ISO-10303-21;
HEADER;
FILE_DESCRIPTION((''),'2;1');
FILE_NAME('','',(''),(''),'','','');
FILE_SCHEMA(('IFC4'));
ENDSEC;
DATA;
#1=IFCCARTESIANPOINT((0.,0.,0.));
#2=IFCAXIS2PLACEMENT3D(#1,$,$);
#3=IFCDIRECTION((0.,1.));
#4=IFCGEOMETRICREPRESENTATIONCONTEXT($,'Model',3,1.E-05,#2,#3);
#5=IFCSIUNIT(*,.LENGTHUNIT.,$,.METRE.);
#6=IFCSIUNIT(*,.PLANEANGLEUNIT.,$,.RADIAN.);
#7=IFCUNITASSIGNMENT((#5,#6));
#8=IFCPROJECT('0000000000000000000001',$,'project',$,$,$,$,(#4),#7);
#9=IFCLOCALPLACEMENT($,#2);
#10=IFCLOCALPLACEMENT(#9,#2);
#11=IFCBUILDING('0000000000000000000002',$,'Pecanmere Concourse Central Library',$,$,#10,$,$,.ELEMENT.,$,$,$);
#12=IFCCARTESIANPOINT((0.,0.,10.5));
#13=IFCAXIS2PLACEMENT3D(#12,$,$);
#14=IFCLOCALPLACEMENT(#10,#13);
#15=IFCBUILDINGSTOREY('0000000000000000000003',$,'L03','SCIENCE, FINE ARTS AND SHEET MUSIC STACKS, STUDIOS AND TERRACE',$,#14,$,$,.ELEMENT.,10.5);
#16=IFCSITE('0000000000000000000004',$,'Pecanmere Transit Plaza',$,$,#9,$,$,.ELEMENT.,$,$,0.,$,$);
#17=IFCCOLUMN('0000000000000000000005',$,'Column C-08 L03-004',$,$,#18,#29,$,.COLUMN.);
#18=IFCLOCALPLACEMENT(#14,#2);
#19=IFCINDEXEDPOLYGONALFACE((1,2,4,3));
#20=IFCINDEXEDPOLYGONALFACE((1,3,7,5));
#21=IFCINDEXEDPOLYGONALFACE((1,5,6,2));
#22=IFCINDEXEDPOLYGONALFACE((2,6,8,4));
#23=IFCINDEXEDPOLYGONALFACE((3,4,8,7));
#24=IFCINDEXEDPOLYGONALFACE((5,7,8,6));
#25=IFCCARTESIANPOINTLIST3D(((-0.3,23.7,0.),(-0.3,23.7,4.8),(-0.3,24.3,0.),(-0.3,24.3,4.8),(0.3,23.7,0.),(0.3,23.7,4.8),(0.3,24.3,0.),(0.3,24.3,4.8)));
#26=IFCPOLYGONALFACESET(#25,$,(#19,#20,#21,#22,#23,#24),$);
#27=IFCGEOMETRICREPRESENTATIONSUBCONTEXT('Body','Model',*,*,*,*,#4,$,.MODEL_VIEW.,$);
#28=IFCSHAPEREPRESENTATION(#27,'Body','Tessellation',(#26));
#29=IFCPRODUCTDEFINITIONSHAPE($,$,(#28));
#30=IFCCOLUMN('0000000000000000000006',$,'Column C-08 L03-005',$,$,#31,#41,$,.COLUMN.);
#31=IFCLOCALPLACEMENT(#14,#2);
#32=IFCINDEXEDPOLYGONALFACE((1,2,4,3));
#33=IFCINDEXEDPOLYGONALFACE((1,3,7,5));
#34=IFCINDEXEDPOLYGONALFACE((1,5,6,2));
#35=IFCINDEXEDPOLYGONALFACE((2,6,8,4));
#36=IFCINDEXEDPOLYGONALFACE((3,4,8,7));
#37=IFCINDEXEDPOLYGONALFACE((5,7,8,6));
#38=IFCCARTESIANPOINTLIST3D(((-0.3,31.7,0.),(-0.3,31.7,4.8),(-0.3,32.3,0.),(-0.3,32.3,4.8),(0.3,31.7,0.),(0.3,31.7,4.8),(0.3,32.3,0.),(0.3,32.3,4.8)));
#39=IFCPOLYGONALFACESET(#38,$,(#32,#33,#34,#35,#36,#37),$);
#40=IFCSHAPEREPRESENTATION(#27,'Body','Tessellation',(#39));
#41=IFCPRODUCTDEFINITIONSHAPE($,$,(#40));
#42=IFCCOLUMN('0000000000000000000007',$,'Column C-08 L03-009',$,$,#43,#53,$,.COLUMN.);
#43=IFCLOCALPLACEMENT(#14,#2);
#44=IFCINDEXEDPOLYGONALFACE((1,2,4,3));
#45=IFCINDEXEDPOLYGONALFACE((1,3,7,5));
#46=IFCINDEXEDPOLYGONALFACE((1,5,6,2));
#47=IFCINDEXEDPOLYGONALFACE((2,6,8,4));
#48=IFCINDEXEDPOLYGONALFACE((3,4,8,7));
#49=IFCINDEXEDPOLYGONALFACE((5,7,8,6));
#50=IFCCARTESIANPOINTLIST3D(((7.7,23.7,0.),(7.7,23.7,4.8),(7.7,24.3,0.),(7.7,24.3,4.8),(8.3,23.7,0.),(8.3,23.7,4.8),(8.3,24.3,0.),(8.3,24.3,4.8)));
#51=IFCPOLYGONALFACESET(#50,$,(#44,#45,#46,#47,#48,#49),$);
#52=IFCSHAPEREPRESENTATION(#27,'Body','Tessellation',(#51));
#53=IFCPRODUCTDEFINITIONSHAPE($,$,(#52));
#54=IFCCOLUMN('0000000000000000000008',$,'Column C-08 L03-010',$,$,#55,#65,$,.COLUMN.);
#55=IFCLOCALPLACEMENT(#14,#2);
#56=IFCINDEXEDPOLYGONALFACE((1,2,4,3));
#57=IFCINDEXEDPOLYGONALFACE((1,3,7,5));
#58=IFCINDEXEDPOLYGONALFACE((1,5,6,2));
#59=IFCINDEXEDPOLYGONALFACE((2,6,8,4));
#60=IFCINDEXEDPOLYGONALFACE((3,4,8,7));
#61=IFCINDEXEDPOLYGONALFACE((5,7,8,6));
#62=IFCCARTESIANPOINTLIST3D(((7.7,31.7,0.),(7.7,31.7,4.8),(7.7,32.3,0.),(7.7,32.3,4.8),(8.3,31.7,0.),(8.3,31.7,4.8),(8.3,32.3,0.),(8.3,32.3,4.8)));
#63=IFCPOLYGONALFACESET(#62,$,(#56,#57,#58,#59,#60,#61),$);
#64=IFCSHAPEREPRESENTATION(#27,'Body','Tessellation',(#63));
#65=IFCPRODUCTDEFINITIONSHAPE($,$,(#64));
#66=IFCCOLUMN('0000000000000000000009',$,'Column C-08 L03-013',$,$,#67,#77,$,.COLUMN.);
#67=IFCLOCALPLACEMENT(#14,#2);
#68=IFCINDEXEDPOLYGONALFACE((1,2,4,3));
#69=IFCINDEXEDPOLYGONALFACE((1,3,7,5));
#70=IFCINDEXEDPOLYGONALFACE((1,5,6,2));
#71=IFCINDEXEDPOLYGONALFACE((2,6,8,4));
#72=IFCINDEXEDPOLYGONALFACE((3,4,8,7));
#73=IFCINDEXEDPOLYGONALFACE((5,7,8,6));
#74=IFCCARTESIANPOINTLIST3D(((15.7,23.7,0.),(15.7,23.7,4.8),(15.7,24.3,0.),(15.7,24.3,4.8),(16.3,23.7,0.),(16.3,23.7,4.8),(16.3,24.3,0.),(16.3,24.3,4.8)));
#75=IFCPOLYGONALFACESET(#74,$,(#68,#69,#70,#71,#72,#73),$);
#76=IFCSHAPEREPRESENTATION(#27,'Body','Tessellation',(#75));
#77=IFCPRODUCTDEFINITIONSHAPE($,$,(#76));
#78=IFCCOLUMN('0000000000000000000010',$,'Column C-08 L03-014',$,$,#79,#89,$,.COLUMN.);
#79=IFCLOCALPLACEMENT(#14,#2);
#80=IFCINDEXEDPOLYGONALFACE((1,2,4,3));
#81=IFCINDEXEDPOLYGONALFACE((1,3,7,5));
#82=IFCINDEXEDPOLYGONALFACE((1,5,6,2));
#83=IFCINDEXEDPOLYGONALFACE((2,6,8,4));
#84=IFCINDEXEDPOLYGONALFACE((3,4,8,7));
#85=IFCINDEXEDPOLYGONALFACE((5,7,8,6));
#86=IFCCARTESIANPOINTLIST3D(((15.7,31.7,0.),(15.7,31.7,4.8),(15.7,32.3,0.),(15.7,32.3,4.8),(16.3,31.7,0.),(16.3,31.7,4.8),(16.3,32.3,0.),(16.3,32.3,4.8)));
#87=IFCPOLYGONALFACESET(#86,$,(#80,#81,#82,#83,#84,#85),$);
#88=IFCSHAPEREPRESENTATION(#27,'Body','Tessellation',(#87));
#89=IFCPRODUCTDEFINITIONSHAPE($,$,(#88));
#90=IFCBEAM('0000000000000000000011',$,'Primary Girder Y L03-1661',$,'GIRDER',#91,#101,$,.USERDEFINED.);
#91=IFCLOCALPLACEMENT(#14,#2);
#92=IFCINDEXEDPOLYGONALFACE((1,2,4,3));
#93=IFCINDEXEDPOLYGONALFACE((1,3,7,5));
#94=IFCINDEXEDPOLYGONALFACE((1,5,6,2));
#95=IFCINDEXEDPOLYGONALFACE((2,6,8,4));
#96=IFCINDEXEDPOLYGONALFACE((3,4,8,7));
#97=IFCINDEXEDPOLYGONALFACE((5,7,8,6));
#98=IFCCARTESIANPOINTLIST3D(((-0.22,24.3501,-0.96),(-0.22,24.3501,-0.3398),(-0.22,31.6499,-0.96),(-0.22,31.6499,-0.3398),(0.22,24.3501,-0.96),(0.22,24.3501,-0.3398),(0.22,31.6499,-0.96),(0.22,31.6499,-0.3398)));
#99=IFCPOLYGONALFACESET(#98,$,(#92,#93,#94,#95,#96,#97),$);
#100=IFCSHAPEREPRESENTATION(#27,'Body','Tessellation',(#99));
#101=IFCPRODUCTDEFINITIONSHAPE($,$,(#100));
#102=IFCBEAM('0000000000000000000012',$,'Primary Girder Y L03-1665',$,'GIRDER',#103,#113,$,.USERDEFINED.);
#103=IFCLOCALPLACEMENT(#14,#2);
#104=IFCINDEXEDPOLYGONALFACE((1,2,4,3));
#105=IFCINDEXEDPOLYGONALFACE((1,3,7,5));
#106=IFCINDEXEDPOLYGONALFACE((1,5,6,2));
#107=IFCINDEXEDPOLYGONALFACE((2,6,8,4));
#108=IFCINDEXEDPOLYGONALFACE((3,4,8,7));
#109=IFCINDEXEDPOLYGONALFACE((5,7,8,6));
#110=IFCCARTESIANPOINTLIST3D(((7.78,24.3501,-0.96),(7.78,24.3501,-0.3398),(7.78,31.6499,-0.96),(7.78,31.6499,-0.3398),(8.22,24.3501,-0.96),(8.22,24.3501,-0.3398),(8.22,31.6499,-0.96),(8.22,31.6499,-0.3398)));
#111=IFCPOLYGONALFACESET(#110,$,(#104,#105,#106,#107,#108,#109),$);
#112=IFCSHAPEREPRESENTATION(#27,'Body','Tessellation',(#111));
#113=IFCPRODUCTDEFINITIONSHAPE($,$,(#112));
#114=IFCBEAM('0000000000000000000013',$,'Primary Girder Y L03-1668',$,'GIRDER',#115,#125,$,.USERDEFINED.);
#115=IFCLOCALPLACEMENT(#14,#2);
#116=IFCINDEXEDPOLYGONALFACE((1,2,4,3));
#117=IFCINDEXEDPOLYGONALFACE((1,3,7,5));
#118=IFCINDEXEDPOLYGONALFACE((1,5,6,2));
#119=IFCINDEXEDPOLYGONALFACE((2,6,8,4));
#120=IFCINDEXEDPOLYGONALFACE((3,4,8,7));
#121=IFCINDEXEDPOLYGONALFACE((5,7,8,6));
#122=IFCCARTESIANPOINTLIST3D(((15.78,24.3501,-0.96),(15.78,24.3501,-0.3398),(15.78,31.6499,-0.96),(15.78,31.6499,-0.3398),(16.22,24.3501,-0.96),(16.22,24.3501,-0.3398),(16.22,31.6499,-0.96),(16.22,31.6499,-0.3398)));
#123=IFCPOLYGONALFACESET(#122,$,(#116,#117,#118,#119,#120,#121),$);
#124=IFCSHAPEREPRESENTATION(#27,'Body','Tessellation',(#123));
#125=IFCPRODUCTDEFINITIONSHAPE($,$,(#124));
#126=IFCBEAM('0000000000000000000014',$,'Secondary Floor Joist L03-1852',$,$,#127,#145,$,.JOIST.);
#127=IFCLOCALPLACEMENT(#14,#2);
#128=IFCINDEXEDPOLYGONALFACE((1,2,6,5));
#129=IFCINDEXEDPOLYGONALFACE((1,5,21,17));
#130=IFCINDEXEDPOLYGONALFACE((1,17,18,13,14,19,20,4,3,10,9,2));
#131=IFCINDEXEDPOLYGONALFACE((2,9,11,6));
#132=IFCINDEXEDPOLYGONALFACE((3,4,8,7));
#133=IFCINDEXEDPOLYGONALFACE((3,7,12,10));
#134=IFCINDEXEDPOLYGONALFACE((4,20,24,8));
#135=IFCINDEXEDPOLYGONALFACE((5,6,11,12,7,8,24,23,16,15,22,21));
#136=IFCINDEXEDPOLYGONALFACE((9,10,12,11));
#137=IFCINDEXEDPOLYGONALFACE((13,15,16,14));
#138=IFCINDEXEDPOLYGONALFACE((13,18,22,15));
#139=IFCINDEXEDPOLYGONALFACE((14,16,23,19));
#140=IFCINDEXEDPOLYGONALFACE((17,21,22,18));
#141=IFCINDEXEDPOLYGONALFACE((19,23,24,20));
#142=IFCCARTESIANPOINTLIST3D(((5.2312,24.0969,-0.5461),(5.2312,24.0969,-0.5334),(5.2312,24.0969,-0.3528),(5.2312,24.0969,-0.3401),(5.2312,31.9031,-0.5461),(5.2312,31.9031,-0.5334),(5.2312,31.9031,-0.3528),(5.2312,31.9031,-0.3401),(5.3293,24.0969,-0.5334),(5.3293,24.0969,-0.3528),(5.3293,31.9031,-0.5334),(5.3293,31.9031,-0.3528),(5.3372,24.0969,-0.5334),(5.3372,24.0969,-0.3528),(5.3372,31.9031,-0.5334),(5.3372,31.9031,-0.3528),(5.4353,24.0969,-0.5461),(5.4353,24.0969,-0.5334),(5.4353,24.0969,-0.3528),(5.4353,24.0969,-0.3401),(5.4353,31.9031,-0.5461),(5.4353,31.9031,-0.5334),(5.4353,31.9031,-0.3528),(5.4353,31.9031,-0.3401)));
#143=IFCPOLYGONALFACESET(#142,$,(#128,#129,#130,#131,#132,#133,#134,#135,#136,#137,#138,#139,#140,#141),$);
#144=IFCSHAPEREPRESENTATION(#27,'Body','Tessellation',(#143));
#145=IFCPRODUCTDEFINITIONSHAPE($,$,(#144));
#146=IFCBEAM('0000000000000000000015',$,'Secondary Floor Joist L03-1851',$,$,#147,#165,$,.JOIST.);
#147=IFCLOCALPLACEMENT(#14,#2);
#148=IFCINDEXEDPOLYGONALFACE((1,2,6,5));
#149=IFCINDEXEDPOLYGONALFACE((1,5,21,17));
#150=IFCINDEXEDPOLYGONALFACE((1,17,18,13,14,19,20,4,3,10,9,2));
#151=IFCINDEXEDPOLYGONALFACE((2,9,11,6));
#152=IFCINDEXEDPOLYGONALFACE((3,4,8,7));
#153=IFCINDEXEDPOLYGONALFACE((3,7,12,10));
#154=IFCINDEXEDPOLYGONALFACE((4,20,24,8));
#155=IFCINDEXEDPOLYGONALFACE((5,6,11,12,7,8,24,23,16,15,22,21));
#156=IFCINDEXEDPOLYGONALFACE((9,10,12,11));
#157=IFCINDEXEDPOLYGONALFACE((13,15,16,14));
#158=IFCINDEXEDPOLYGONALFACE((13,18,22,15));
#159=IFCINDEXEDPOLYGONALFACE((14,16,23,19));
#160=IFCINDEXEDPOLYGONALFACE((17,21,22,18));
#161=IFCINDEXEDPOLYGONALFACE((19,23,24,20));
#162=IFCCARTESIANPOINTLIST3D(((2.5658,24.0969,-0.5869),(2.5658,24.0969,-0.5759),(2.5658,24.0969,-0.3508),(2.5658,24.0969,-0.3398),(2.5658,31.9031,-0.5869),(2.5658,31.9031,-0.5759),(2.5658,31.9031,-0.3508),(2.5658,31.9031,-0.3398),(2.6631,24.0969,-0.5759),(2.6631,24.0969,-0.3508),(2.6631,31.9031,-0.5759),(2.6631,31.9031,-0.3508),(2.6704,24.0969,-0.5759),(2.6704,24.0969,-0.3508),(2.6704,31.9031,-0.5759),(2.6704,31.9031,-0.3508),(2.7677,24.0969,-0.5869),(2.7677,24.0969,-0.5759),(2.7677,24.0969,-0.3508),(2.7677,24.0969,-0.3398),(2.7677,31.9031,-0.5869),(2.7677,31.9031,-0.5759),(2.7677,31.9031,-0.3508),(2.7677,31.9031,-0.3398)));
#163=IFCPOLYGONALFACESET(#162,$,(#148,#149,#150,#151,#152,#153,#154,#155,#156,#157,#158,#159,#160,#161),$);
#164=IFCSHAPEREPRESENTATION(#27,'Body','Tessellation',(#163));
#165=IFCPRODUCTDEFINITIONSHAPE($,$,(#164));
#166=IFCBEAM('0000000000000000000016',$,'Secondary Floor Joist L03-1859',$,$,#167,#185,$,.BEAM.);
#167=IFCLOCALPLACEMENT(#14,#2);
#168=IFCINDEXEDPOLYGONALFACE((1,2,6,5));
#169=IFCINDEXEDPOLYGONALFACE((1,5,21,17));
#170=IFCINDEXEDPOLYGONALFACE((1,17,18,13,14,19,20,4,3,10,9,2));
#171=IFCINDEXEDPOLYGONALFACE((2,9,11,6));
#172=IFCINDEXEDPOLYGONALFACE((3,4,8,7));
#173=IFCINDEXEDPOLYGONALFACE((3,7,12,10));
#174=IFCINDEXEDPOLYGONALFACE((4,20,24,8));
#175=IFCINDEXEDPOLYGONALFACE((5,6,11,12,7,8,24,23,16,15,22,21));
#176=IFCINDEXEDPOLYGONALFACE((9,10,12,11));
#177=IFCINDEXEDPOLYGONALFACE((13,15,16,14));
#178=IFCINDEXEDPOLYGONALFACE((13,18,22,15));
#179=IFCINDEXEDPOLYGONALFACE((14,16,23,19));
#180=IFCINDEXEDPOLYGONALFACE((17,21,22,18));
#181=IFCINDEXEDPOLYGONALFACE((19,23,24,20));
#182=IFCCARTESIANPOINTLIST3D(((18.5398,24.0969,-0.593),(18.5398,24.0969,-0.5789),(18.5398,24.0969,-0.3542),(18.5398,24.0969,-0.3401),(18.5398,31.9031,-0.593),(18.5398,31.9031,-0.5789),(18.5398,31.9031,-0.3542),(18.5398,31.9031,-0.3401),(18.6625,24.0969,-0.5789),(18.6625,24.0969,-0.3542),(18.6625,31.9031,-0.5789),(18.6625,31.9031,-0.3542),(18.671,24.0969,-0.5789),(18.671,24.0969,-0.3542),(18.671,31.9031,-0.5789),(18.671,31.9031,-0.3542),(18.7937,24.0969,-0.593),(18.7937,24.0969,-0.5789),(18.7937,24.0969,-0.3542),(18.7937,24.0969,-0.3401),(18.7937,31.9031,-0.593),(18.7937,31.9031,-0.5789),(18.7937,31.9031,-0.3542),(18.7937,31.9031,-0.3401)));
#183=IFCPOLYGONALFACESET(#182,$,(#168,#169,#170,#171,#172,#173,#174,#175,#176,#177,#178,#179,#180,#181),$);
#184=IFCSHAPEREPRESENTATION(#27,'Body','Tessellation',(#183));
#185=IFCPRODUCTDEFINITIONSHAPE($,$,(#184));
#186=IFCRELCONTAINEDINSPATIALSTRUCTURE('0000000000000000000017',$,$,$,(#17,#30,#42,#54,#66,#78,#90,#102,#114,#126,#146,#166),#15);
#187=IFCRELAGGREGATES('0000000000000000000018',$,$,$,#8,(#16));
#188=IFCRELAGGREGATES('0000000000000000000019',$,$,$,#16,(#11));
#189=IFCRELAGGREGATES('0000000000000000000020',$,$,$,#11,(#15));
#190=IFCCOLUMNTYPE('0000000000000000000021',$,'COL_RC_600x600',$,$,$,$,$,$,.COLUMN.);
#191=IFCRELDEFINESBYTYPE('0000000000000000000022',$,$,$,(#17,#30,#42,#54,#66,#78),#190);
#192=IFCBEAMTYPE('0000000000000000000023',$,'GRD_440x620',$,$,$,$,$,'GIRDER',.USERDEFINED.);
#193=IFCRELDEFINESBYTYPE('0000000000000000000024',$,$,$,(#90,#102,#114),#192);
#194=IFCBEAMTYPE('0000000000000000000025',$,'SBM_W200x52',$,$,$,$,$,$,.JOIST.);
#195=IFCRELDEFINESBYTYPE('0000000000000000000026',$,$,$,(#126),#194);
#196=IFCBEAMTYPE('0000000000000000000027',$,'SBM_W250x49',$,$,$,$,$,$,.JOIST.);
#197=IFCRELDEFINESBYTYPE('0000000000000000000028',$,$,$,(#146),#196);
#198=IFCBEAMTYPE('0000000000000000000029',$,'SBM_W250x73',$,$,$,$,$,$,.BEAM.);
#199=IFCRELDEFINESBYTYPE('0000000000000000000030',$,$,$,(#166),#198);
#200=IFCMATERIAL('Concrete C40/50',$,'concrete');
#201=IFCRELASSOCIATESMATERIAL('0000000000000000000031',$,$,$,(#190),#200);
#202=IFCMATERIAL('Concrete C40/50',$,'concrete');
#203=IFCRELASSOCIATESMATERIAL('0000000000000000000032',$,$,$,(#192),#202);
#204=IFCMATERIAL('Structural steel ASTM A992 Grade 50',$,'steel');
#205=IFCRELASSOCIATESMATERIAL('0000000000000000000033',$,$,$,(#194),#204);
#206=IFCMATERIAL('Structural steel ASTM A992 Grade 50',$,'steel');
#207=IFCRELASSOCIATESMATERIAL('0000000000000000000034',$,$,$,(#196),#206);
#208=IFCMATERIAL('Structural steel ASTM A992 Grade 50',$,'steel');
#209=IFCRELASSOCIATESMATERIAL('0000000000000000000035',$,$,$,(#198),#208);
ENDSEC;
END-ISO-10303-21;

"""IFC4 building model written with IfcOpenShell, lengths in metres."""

from ifc_helpers import new_model, si_unit, direction, frame, origin, origin_2d, place, context, subcontext, project, spatial, rectangle, i_section, extrude, material, material_profile, profile_set, type_object, element, save


model = new_model("IFC4")

# Units and contexts
model_context = context("Model", 3, precision=1e-05, world=origin(), true_north=direction((0.0, 1.0)))
body_context = subcontext(model_context, "Body", "Model", "MODEL_VIEW")
ifc_project = project(units=[si_unit("LENGTHUNIT", "METRE"), si_unit("PLANEANGLEUNIT", "RADIAN")], contexts=[model_context])

# Site, building, storey
site_placement = place(None, origin())
site = spatial("IfcSite", under=ifc_project, at=site_placement, Name="Pecanmere Transit Plaza", CompositionType="ELEMENT", RefElevation=0.0)
building_placement = place(site_placement, origin())
building = spatial("IfcBuilding", under=site, at=building_placement, Name="Pecanmere Concourse Central Library", CompositionType="ELEMENT")
storey_placement = place(building_placement, frame((0.0, 0.0, 10.5)))
storey = spatial("IfcBuildingStorey", under=building, at=storey_placement, Name="L03", Description="SCIENCE, FINE ARTS AND SHEET MUSIC STACKS, STUDIOS AND TERRACE", CompositionType="ELEMENT", Elevation=10.5)

# Columns
ifc_material_1 = material(Name="Concrete C40/50", Category="concrete")
ifc_material_profile_1 = material_profile(ifc_material_1, rectangle(XDim=0.6001, YDim=0.6001, at=origin_2d()), Name="RC 600x600")
ifc_profile_set_1 = profile_set([ifc_material_profile_1], Name="Concrete C40/50")
column_type = type_object("IfcColumnType", Name="COL_RC_600x600", PredefinedType="COLUMN", material=ifc_profile_set_1)
for number, where, z_axis, x_axis, name in (
    (1, (0.0, 24.0, 0.0), (0.0, 0.0, 1.0), (1.0, 0.0, 0.0), "Column C-08 L03-004"),
    (2, (0.0, 32.0, 0.0), (0.0, 0.0, 1.0), (1.0, 0.0, 0.0), "Column C-08 L03-005"),
    (3, (8.0, 24.0, 0.0), (0.0, 0.0, 1.0), (1.0, 0.0, 0.0), "Column C-08 L03-009"),
    (4, (8.0, 32.0, 0.0), (0.0, 0.0, 1.0), (1.0, 0.0, 0.0), "Column C-08 L03-010"),
    (5, (16.0, 24.0, 0.0), (0.0, 0.0, 1.0), (1.0, 0.0, 0.0), "Column C-08 L03-013"),
    (6, (16.0, 32.0, 0.0), (0.0, 0.0, 1.0), (1.0, 0.0, 0.0), "Column C-08 L03-014"),
):
    element("IfcColumn", number, at=place(storey_placement, frame(where, z_axis=z_axis, x_axis=x_axis)), inside=storey, type_object=column_type, Name=name, PredefinedType="COLUMN", context=body_context, shape_type="SweptSolid", body=[
        extrude(rectangle(XDim=0.6001, YDim=0.6001, at=origin_2d()), origin(), (0.0, 0.0, 1.0), 4.8),
    ])

# Beams
ifc_material_2 = material(Name="Concrete C40/50", Category="concrete")
ifc_material_profile_2 = material_profile(ifc_material_2, rectangle(XDim=0.4399, YDim=0.6201, at=origin_2d()), Name="RC 440x620")
ifc_profile_set_2 = profile_set([ifc_material_profile_2], Name="Concrete C40/50")
beam_type_1 = type_object("IfcBeamType", Name="GRD_440x620", ElementType="GIRDER", PredefinedType="USERDEFINED", material=ifc_profile_set_2)
for number, where, z_axis, x_axis, name in (
    (7, (0.0, 24.3501, -0.6499), (0.0, 1.0, 0.0), (-1.0, 0.0, 0.0), "Primary Girder Y L03-1661"),
    (8, (8.0, 24.3501, -0.6499), (0.0, 1.0, 0.0), (-1.0, 0.0, 0.0), "Primary Girder Y L03-1665"),
    (9, (16.0, 24.3501, -0.6499), (0.0, 1.0, 0.0), (-1.0, 0.0, 0.0), "Primary Girder Y L03-1668"),
):
    element("IfcBeam", number, at=place(storey_placement, frame(where, z_axis=z_axis, x_axis=x_axis)), inside=storey, type_object=beam_type_1, Name=name, ObjectType="GIRDER", PredefinedType="USERDEFINED", context=body_context, shape_type="SweptSolid", body=[
        extrude(rectangle(XDim=0.4399, YDim=0.6201, at=origin_2d()), origin(), (0.0, 0.0, 1.0), 7.2998),
    ])
ifc_material_3 = material(Name="Structural steel ASTM A992 Grade 50", Category="steel")
ifc_material_profile_3 = material_profile(ifc_material_3, i_section(OverallWidth=0.2041, OverallDepth=0.2061, WebThickness=0.0078, FlangeThickness=0.0127, at=origin_2d()), Name="W200x52")
ifc_profile_set_3 = profile_set([ifc_material_profile_3], Name="Structural steel ASTM A992 Grade 50")
beam_type_2 = type_object("IfcBeamType", Name="SBM_W200x52", PredefinedType="JOIST", material=ifc_profile_set_3)
beam_1_placement = place(storey_placement, frame((5.3333, 24.0969, -0.4431), z_axis=(0.0, 1.0, 0.0), x_axis=(-1.0, 0.0, 0.0)))
element("IfcBeam", 10, at=beam_1_placement, inside=storey, type_object=beam_type_2, Name="Secondary Floor Joist L03-1852", PredefinedType="JOIST", context=body_context, shape_type="SweptSolid", body=[
    extrude(i_section(OverallWidth=0.2041, OverallDepth=0.2061, WebThickness=0.0078, FlangeThickness=0.0127, at=origin_2d()), origin(), (0.0, 0.0, 1.0), 7.8062),
])
ifc_material_4 = material(Name="Structural steel ASTM A992 Grade 50", Category="steel")
ifc_material_profile_4 = material_profile(ifc_material_4, i_section(OverallWidth=0.2019, OverallDepth=0.2471, WebThickness=0.0073, FlangeThickness=0.011, at=origin_2d()), Name="W250x49.1")
ifc_profile_set_4 = profile_set([ifc_material_profile_4], Name="Structural steel ASTM A992 Grade 50")
beam_type_3 = type_object("IfcBeamType", Name="SBM_W250x49", PredefinedType="JOIST", material=ifc_profile_set_4)
beam_2_placement = place(storey_placement, frame((2.6667, 24.0969, -0.4634), z_axis=(0.0, 1.0, 0.0), x_axis=(-1.0, 0.0, 0.0)))
element("IfcBeam", 11, at=beam_2_placement, inside=storey, type_object=beam_type_3, Name="Secondary Floor Joist L03-1851", PredefinedType="JOIST", context=body_context, shape_type="SweptSolid", body=[
    extrude(i_section(OverallWidth=0.2019, OverallDepth=0.2471, WebThickness=0.0073, FlangeThickness=0.011, at=origin_2d()), origin(), (0.0, 0.0, 1.0), 7.8062),
])
ifc_material_5 = material(Name="Structural steel ASTM A992 Grade 50", Category="steel")
ifc_material_profile_5 = material_profile(ifc_material_5, i_section(OverallWidth=0.2539, OverallDepth=0.2529, WebThickness=0.0085, FlangeThickness=0.0142, at=origin_2d()), Name="W250x73")
ifc_profile_set_5 = profile_set([ifc_material_profile_5], Name="Structural steel ASTM A992 Grade 50")
beam_type_4 = type_object("IfcBeamType", Name="SBM_W250x73", PredefinedType="BEAM", material=ifc_profile_set_5)
beam_3_placement = place(storey_placement, frame((18.6667, 24.0969, -0.4666), z_axis=(0.0, 1.0, 0.0), x_axis=(-1.0, 0.0, 0.0)))
element("IfcBeam", 12, at=beam_3_placement, inside=storey, type_object=beam_type_4, Name="Secondary Floor Joist L03-1859", PredefinedType="BEAM", context=body_context, shape_type="SweptSolid", body=[
    extrude(i_section(OverallWidth=0.2539, OverallDepth=0.2529, WebThickness=0.0085, FlangeThickness=0.0142, at=origin_2d()), origin(), (0.0, 0.0, 1.0), 7.8062),
])

save(model, "model.ifc")
